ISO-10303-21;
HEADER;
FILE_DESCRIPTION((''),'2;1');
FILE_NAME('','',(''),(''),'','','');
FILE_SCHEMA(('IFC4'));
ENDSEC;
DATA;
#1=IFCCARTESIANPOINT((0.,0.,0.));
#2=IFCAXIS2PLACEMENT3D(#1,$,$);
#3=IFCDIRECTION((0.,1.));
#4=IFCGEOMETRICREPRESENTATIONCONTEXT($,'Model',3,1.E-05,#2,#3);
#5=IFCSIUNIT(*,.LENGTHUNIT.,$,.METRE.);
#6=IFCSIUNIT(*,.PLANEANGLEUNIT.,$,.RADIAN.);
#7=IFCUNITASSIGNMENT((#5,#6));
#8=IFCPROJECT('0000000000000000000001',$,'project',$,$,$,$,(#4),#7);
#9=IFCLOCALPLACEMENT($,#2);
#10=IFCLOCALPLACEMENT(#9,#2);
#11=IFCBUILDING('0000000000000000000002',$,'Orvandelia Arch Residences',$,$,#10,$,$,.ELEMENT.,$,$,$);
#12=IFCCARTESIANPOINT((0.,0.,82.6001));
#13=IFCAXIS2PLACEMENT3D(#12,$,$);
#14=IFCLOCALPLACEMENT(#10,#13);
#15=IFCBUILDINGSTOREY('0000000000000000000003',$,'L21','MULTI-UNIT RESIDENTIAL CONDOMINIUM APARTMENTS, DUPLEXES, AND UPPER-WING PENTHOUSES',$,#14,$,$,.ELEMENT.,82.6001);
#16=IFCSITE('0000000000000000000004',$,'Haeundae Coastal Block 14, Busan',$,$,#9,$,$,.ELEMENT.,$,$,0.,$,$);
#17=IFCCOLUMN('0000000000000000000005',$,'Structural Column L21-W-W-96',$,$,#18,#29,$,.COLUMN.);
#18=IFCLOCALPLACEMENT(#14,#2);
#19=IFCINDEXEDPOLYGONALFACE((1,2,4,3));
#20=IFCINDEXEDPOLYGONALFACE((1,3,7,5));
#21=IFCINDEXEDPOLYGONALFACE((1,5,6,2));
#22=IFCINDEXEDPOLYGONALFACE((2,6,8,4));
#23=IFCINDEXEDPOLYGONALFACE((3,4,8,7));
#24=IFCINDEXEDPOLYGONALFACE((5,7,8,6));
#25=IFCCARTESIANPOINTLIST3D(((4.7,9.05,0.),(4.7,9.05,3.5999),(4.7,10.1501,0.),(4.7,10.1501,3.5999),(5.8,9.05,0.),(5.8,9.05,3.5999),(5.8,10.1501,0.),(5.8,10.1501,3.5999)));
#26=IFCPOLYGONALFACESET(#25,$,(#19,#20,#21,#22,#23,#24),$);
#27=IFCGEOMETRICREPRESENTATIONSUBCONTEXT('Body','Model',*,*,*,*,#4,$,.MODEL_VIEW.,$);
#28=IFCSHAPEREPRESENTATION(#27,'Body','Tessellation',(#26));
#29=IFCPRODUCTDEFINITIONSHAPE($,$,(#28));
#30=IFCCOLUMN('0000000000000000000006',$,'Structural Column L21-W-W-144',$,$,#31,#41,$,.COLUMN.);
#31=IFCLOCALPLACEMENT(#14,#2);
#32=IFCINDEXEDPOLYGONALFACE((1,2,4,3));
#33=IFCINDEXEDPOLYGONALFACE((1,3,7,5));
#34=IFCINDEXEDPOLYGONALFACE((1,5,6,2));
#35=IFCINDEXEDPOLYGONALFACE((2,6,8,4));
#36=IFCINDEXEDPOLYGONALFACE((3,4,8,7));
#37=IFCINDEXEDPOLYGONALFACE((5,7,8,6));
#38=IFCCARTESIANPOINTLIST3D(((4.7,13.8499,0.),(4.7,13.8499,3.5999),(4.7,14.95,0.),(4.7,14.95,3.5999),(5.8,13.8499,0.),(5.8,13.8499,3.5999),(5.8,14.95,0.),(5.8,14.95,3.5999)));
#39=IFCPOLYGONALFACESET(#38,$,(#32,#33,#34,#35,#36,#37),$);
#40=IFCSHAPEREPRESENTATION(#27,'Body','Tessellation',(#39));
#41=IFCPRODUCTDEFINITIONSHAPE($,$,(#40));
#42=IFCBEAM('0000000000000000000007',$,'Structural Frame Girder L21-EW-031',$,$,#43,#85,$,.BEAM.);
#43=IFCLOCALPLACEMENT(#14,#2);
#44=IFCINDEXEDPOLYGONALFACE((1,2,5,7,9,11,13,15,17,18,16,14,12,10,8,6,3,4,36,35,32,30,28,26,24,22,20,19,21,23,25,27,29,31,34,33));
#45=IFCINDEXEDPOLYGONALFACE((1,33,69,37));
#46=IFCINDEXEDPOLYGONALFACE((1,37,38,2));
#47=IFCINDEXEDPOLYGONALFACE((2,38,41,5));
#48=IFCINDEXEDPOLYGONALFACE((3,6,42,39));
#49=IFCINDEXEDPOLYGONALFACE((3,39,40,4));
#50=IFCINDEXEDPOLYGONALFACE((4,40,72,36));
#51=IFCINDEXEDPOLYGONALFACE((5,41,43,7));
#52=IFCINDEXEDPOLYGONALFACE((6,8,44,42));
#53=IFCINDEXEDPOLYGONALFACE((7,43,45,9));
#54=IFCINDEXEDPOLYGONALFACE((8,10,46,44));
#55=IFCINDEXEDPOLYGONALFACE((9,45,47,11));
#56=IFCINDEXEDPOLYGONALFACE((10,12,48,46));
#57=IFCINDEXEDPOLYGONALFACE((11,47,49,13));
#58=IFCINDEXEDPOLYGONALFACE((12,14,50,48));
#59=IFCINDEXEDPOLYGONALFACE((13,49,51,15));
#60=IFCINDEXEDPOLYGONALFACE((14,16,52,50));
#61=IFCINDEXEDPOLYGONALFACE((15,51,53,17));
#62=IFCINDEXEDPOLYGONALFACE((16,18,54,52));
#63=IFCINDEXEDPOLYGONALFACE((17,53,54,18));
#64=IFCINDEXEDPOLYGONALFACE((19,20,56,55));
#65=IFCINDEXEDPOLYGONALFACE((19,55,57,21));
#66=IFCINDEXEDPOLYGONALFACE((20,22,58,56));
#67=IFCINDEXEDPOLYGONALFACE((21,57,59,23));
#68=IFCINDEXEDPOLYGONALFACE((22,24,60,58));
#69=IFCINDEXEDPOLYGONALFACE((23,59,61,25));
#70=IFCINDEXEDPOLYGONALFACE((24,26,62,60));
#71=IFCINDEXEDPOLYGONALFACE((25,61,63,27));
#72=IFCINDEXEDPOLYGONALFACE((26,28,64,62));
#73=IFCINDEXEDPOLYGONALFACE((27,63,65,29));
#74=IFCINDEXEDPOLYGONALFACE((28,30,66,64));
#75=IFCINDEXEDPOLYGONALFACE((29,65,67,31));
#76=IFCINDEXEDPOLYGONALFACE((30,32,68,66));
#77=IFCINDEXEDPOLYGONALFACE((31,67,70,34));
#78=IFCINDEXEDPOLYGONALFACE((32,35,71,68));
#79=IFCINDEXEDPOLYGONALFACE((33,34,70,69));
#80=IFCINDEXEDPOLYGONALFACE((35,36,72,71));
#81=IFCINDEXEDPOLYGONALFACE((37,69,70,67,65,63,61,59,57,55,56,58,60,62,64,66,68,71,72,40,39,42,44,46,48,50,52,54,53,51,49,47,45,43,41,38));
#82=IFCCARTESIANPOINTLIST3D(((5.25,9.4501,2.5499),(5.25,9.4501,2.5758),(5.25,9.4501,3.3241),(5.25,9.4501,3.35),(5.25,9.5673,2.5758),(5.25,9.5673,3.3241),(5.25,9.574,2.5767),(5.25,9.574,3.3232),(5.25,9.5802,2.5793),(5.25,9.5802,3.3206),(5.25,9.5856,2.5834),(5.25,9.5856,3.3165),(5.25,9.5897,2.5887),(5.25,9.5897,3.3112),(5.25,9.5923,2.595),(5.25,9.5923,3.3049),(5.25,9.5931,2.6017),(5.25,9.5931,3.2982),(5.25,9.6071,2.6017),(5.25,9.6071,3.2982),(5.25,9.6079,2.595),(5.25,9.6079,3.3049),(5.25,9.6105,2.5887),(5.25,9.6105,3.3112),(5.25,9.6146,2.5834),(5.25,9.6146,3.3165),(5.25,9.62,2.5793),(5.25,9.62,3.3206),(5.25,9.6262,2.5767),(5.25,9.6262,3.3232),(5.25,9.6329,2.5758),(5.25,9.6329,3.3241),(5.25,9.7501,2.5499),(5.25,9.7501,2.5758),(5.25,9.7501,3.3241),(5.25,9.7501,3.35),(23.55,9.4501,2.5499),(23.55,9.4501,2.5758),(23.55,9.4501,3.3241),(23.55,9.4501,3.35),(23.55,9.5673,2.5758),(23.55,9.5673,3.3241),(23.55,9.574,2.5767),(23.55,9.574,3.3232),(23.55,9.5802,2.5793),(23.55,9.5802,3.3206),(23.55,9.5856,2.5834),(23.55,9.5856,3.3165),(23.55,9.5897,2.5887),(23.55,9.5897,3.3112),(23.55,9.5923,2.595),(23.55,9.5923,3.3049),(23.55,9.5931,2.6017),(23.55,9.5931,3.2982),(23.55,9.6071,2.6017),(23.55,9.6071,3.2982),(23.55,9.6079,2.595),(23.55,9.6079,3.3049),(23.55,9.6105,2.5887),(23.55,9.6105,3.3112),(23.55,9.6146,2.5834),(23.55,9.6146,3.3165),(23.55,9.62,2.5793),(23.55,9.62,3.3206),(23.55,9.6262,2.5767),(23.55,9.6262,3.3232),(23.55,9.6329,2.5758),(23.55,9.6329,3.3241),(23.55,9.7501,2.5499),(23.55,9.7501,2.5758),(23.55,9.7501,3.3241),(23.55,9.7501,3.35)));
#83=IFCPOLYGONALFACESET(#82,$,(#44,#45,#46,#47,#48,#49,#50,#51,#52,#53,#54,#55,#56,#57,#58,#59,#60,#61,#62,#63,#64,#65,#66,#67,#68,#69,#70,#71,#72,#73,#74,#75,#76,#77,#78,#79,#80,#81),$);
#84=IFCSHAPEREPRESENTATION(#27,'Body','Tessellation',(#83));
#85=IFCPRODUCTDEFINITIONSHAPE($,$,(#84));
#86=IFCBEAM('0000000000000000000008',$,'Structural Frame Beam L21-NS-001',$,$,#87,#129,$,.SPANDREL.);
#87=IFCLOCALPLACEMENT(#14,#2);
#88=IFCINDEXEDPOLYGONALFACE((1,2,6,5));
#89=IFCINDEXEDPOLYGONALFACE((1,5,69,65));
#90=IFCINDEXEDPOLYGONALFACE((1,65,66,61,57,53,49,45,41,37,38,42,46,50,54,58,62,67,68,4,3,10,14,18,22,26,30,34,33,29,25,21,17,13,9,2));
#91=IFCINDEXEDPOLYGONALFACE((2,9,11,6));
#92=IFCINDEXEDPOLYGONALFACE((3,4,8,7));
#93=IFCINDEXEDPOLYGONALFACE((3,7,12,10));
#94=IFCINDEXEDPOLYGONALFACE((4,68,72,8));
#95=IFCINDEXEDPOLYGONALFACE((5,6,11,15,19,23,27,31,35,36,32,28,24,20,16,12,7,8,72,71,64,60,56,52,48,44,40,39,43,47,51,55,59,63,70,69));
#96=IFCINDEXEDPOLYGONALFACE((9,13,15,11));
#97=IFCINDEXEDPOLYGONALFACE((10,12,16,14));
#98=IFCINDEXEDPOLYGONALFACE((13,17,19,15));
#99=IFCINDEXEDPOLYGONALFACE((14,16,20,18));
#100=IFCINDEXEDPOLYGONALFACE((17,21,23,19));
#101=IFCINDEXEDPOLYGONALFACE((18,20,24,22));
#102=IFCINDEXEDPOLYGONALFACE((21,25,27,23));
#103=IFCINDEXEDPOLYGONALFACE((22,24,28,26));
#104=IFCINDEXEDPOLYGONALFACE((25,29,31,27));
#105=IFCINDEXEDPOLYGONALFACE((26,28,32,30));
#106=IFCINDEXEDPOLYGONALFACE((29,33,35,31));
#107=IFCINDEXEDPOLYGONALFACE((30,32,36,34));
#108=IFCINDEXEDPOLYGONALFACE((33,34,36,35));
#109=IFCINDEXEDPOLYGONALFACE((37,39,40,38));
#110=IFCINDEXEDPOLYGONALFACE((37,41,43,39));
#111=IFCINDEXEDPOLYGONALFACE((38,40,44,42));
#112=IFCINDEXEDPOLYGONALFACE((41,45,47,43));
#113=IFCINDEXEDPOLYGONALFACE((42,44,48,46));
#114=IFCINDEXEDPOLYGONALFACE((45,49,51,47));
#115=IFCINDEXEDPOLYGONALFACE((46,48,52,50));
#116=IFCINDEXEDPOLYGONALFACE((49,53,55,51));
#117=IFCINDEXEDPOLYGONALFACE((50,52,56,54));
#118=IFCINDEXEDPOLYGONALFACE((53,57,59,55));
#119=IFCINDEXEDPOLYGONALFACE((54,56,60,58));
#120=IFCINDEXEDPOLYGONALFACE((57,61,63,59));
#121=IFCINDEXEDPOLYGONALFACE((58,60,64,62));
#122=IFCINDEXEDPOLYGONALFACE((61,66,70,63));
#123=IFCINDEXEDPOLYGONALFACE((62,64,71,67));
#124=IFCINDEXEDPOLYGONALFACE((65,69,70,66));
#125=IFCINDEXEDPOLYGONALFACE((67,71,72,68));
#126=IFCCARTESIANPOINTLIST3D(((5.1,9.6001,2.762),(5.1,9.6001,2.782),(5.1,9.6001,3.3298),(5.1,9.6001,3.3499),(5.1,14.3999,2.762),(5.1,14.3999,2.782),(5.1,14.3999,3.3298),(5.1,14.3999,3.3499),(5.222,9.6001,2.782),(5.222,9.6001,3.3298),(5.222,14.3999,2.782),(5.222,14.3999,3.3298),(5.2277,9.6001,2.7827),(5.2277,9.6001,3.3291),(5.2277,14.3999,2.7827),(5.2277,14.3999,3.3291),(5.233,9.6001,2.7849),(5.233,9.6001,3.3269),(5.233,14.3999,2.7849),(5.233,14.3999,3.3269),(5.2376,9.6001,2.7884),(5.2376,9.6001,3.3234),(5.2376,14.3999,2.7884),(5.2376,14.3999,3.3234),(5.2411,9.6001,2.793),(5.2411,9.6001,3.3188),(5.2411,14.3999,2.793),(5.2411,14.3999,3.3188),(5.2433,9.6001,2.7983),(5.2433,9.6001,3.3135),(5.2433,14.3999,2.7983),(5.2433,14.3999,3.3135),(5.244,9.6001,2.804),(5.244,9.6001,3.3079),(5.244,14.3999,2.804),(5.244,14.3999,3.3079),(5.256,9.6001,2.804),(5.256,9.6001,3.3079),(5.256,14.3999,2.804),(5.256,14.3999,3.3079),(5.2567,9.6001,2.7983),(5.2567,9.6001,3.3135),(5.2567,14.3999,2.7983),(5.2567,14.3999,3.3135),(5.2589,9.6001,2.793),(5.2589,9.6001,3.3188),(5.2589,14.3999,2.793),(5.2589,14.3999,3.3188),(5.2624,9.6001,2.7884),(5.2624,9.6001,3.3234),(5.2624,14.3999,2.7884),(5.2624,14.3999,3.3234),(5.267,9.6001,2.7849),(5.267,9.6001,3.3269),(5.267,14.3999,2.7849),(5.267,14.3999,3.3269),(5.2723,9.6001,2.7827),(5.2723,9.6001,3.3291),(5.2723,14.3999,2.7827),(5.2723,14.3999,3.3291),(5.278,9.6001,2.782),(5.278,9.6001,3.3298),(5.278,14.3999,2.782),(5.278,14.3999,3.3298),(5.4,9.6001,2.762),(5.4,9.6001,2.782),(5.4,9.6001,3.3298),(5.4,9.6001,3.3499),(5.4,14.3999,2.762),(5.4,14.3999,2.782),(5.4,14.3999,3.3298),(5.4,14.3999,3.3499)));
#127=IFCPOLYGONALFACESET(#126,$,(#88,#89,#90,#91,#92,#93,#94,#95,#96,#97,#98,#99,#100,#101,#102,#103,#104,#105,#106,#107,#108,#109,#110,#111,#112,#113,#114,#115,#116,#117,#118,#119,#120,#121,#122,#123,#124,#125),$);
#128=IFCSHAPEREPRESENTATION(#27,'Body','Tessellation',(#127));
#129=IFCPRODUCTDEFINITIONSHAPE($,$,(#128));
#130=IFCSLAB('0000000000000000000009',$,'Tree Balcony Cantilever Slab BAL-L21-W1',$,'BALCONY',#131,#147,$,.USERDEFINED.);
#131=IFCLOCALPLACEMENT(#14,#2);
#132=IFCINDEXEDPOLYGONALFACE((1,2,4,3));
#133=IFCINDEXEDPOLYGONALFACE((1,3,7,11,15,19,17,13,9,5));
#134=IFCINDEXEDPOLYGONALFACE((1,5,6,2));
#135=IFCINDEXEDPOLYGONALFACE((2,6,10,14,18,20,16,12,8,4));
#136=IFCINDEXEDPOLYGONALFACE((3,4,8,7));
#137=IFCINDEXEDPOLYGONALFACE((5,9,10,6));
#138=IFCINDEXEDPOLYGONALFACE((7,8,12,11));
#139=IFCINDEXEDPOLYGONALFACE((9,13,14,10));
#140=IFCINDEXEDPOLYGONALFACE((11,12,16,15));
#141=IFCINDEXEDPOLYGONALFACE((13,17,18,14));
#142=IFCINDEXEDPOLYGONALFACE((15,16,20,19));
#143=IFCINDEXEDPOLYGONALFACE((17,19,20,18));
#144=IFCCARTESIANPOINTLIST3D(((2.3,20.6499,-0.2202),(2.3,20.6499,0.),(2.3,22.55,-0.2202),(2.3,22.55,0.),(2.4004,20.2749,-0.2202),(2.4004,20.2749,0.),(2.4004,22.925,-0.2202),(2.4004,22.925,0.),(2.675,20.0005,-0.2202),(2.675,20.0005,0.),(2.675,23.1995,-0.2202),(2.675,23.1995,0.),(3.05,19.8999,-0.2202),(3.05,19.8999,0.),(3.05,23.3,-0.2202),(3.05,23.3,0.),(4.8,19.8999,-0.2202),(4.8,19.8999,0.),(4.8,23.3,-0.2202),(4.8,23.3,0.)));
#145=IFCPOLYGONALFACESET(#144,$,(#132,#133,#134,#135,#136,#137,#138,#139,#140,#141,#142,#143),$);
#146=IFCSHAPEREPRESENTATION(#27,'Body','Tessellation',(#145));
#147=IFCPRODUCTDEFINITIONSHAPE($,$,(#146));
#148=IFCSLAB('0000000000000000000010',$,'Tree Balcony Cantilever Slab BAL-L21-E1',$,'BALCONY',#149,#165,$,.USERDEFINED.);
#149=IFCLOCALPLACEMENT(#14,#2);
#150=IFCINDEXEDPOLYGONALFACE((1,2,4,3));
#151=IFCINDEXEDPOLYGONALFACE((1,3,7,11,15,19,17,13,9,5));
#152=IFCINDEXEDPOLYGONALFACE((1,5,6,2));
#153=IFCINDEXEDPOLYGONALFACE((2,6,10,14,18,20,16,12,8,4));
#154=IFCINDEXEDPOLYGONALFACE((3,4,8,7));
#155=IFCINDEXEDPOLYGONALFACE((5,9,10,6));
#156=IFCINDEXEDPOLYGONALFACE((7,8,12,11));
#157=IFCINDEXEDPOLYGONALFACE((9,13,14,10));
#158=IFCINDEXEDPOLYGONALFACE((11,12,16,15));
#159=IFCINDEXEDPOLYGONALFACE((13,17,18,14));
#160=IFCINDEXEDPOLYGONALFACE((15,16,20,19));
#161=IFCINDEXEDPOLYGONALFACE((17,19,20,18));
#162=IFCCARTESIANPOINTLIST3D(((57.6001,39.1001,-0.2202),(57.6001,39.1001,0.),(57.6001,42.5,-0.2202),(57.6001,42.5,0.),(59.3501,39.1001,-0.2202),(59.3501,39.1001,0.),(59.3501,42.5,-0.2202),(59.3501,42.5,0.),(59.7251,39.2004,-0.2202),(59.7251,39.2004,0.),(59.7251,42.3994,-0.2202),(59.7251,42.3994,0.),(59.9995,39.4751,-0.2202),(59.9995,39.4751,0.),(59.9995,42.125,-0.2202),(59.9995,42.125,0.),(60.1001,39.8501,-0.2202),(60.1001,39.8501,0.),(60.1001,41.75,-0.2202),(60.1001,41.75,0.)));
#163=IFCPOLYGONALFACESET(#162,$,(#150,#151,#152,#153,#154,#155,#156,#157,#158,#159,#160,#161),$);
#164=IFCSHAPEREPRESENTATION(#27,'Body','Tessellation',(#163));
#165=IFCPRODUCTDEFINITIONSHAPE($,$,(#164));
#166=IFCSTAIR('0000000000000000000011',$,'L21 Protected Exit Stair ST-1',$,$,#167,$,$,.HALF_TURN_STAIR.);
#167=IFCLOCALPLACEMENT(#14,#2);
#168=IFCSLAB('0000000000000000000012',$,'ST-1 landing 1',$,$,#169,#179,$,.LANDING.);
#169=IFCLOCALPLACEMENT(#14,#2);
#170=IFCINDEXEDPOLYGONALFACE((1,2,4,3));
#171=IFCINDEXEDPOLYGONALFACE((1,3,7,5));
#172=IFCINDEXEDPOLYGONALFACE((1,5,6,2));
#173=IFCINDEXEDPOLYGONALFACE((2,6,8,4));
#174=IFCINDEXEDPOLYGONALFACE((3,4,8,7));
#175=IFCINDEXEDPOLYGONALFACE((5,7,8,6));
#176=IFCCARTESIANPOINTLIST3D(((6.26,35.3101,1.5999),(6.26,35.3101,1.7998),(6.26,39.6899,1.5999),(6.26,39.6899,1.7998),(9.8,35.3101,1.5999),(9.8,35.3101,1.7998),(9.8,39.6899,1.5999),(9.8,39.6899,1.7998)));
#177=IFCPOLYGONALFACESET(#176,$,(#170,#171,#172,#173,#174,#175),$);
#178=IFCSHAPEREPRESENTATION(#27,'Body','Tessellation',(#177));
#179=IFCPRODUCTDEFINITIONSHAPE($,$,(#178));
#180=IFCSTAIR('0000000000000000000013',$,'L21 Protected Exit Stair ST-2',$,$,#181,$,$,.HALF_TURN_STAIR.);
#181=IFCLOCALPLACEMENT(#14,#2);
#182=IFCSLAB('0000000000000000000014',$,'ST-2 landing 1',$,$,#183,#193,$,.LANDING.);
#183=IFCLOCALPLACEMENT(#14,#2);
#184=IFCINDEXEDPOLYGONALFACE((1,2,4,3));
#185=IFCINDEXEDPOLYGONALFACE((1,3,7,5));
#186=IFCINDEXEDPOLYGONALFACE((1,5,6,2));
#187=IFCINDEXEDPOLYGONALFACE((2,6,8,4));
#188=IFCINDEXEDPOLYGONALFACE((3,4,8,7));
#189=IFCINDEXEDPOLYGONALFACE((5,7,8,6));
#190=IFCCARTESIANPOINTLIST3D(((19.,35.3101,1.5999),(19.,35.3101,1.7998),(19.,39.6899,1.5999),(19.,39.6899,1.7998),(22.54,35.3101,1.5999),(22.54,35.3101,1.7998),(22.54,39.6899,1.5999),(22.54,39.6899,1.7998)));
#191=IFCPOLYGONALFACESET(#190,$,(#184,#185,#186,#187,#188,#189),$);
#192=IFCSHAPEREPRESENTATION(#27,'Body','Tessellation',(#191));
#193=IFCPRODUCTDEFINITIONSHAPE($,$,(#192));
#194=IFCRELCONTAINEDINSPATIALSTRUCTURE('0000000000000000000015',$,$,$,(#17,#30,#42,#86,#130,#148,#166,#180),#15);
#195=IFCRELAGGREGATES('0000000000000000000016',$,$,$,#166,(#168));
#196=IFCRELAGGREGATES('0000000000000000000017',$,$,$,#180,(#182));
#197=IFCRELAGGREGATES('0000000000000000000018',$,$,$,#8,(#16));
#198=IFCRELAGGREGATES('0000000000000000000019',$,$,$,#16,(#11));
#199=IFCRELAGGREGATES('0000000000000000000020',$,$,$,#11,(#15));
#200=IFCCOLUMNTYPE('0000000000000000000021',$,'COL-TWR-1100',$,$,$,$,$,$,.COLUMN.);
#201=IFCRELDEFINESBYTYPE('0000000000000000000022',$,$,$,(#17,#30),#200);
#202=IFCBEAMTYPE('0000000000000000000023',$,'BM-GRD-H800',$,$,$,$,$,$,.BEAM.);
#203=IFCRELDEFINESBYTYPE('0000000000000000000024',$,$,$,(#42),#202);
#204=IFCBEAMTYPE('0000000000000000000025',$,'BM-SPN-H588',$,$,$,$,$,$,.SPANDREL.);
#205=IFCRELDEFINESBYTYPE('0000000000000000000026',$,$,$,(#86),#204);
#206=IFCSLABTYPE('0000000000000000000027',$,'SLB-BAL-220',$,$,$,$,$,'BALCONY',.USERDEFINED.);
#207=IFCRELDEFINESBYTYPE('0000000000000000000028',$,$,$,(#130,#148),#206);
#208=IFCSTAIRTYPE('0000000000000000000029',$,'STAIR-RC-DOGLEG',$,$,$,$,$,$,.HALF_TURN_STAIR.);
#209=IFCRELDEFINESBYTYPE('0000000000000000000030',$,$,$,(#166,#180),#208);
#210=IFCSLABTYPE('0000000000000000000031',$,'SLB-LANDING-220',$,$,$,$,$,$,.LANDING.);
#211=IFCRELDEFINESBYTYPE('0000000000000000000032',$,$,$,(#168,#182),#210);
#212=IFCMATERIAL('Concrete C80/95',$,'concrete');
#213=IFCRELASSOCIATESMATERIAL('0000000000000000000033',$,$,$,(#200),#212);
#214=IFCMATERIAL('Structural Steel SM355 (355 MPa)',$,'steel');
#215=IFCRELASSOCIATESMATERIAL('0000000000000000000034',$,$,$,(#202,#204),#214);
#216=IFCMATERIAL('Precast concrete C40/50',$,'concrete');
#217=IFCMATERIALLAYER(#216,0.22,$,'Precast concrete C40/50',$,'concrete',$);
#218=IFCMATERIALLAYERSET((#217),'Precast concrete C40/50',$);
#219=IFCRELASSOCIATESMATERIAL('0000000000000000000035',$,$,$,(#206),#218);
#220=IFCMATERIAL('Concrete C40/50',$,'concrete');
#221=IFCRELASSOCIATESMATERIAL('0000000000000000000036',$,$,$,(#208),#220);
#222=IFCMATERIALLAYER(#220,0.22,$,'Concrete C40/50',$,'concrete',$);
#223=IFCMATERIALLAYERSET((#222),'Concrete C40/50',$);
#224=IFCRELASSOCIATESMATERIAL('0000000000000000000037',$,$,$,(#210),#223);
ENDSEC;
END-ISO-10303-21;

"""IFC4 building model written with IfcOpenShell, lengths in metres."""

from ifc_helpers import new_model, si_unit, direction, frame, origin, origin_2d, place, context, subcontext, project, spatial, polyline, rectangle, i_section, outline, extrude, material, layer, layer_set, material_profile, profile_set, type_object, element, aggregate, save


model = new_model("IFC4")

# Units and contexts
model_context = context("Model", 3, precision=1e-05, world=origin(), true_north=direction((0.0, 1.0)))
body_context = subcontext(model_context, "Body", "Model", "MODEL_VIEW")
ifc_project = project(units=[si_unit("LENGTHUNIT", "METRE"), si_unit("PLANEANGLEUNIT", "RADIAN")], contexts=[model_context])

# Site, building, storey
site_placement = place(None, origin())
site = spatial("IfcSite", under=ifc_project, at=site_placement, Name="Haeundae Coastal Block 14, Busan", CompositionType="ELEMENT", RefElevation=0.0)
building_placement = place(site_placement, origin())
building = spatial("IfcBuilding", under=site, at=building_placement, Name="Orvandelia Arch Residences", CompositionType="ELEMENT")
storey_placement = place(building_placement, frame((0.0, 0.0, 82.6001)))
storey = spatial("IfcBuildingStorey", under=building, at=storey_placement, Name="L21", Description="MULTI-UNIT RESIDENTIAL CONDOMINIUM APARTMENTS, DUPLEXES, AND UPPER-WING PENTHOUSES", CompositionType="ELEMENT", Elevation=82.6001)

# Columns
ifc_material_1 = material(Name="Concrete C80/95", Category="concrete")
ifc_material_profile_1 = material_profile(ifc_material_1, rectangle(XDim=1.1001, YDim=1.1001, at=origin_2d()), Name="Concrete C80/95", Category="concrete")
ifc_profile_set_1 = profile_set([ifc_material_profile_1], Name="Concrete C80/95")
column_type = type_object("IfcColumnType", Name="COL-TWR-1100", PredefinedType="COLUMN", material=ifc_profile_set_1)
for number, where, z_axis, x_axis, name in (
    (1, (5.25, 9.6001, 0.0), (0.0, 0.0, 1.0), (1.0, 0.0, 0.0), "Structural Column L21-W-W-96"),
    (2, (5.25, 14.3999, 0.0), (0.0, 0.0, 1.0), (1.0, 0.0, 0.0), "Structural Column L21-W-W-144"),
):
    element("IfcColumn", number, at=place(storey_placement, frame(where, z_axis=z_axis, x_axis=x_axis)), inside=storey, type_object=column_type, Name=name, PredefinedType="COLUMN", context=body_context, shape_type="SweptSolid", body=[
        extrude(rectangle(XDim=1.1001, YDim=1.1001, at=origin_2d()), origin(), (0.0, 0.0, 1.0), 3.5999),
    ])

# Beams
ifc_material_2 = material(Name="Structural Steel SM355 (355 MPa)", Category="steel")
ifc_material_profile_2 = material_profile(ifc_material_2, i_section(OverallWidth=0.3, OverallDepth=0.8, WebThickness=0.0139, FlangeThickness=0.0259, FilletRadius=0.0259, at=origin_2d()), Name="Structural Steel SM355 (355 MPa)", Category="steel")
ifc_profile_set_2 = profile_set([ifc_material_profile_2], Name="Structural Steel SM355 (355 MPa)")
beam_type_1 = type_object("IfcBeamType", Name="BM-GRD-H800", PredefinedType="BEAM", material=ifc_profile_set_2)
beam_1_placement = place(storey_placement, frame((5.25, 9.6001, 2.95), z_axis=(1.0, 0.0, 0.0), x_axis=(0.0, 1.0, 0.0)))
element("IfcBeam", 3, at=beam_1_placement, inside=storey, type_object=beam_type_1, Name="Structural Frame Girder L21-EW-031", PredefinedType="BEAM", context=body_context, shape_type="SweptSolid", body=[
    extrude(i_section(OverallWidth=0.3, OverallDepth=0.8, WebThickness=0.0139, FlangeThickness=0.0259, FilletRadius=0.0259, at=origin_2d()), origin(), (0.0, 0.0, 1.0), 18.3),
])
ifc_material_profile_3 = material_profile(ifc_material_2, i_section(OverallWidth=0.3, OverallDepth=0.5879, WebThickness=0.012, FlangeThickness=0.02, FilletRadius=0.022, at=origin_2d()), Name="Structural Steel SM355 (355 MPa)", Category="steel")
ifc_profile_set_3 = profile_set([ifc_material_profile_3], Name="Structural Steel SM355 (355 MPa)")
beam_type_2 = type_object("IfcBeamType", Name="BM-SPN-H588", PredefinedType="SPANDREL", material=ifc_profile_set_3)
beam_2_placement = place(storey_placement, frame((5.25, 9.6001, 3.0559), z_axis=(0.0, 1.0, 0.0), x_axis=(-1.0, 0.0, 0.0)))
element("IfcBeam", 4, at=beam_2_placement, inside=storey, type_object=beam_type_2, Name="Structural Frame Beam L21-NS-001", PredefinedType="SPANDREL", context=body_context, shape_type="SweptSolid", body=[
    extrude(i_section(OverallWidth=0.3, OverallDepth=0.5879, WebThickness=0.012, FlangeThickness=0.02, FilletRadius=0.022, at=origin_2d()), origin(), (0.0, 0.0, 1.0), 4.7998),
])

# Slabs
ifc_material_3 = material(Name="Precast concrete C40/50", Category="concrete")
ifc_layer_1 = layer(ifc_material_3, 0.22, Name="Precast concrete C40/50", Category="concrete")
ifc_layer_set_1 = layer_set([ifc_layer_1], Name="Precast concrete C40/50")
slab_type_1 = type_object("IfcSlabType", Name="SLB-BAL-220", ElementType="BALCONY", PredefinedType="USERDEFINED", material=ifc_layer_set_1)
slab_1_placement = place(storey_placement, frame((0.0, 0.0, -0.2202)))
element("IfcSlab", 5, at=slab_1_placement, inside=storey, type_object=slab_type_1, Name="Tree Balcony Cantilever Slab BAL-L21-W1", ObjectType="BALCONY", PredefinedType="USERDEFINED", context=body_context, shape_type="SweptSolid", body=[
    extrude(outline(polyline([(4.8, 19.8999), (4.8, 23.3), (3.05, 23.3), (2.675, 23.1995), (2.4004, 22.925), (2.3, 22.55), (2.3, 20.6499), (2.4004, 20.2749), (2.675, 20.0005), (3.05, 19.8999), (4.8, 19.8999)])), origin(), (0.0, 0.0, 1.0), 0.2202),
])
slab_2_placement = place(storey_placement, frame((0.0, 0.0, -0.2202)))
element("IfcSlab", 6, at=slab_2_placement, inside=storey, type_object=slab_type_1, Name="Tree Balcony Cantilever Slab BAL-L21-E1", ObjectType="BALCONY", PredefinedType="USERDEFINED", context=body_context, shape_type="SweptSolid", body=[
    extrude(outline(polyline([(57.6001, 42.5), (57.6001, 39.1001), (59.3501, 39.1001), (59.7251, 39.2004), (59.9995, 39.4751), (60.1001, 39.8501), (60.1001, 41.75), (59.9995, 42.125), (59.7251, 42.3994), (59.3501, 42.5), (57.6001, 42.5)])), origin(), (0.0, 0.0, 1.0), 0.2202),
])

# Stairs, slabs
ifc_material_4 = material(Name="Concrete C40/50", Category="concrete")
stair_type = type_object("IfcStairType", Name="STAIR-RC-DOGLEG", PredefinedType="HALF_TURN_STAIR", material=ifc_material_4)
stair_1_placement = place(storey_placement, origin())
stair_1 = element("IfcStair", 7, at=stair_1_placement, inside=storey, type_object=stair_type, Name="L21 Protected Exit Stair ST-1", PredefinedType="HALF_TURN_STAIR")
ifc_layer_2 = layer(ifc_material_4, 0.22, Name="Concrete C40/50", Category="concrete")
ifc_layer_set_2 = layer_set([ifc_layer_2], Name="Concrete C40/50")
slab_type_2 = type_object("IfcSlabType", Name="SLB-LANDING-220", PredefinedType="LANDING", material=ifc_layer_set_2)
slab_3_placement = place(storey_placement, frame((0.0, 0.0, 1.5999)))
slab_3 = element("IfcSlab", 8, at=slab_3_placement, type_object=slab_type_2, Name="ST-1 landing 1", PredefinedType="LANDING", context=body_context, shape_type="SweptSolid", body=[
    extrude(outline(polyline([(9.8, 35.3101), (9.8, 39.6899), (6.26, 39.6899), (6.26, 35.3101), (9.8, 35.3101)])), origin(), (0.0, 0.0, 1.0), 0.2),
])
aggregate(stair_1, [slab_3])
stair_2_placement = place(storey_placement, origin())
stair_2 = element("IfcStair", 9, at=stair_2_placement, inside=storey, type_object=stair_type, Name="L21 Protected Exit Stair ST-2", PredefinedType="HALF_TURN_STAIR")
slab_4_placement = place(storey_placement, frame((0.0, 0.0, 1.5999)))
slab_4 = element("IfcSlab", 10, at=slab_4_placement, type_object=slab_type_2, Name="ST-2 landing 1", PredefinedType="LANDING", context=body_context, shape_type="SweptSolid", body=[
    extrude(outline(polyline([(22.54, 35.3101), (22.54, 39.6899), (19.0, 39.6899), (19.0, 35.3101), (22.54, 35.3101)])), origin(), (0.0, 0.0, 1.0), 0.2),
])
aggregate(stair_2, [slab_4])

save(model, "model.ifc")
